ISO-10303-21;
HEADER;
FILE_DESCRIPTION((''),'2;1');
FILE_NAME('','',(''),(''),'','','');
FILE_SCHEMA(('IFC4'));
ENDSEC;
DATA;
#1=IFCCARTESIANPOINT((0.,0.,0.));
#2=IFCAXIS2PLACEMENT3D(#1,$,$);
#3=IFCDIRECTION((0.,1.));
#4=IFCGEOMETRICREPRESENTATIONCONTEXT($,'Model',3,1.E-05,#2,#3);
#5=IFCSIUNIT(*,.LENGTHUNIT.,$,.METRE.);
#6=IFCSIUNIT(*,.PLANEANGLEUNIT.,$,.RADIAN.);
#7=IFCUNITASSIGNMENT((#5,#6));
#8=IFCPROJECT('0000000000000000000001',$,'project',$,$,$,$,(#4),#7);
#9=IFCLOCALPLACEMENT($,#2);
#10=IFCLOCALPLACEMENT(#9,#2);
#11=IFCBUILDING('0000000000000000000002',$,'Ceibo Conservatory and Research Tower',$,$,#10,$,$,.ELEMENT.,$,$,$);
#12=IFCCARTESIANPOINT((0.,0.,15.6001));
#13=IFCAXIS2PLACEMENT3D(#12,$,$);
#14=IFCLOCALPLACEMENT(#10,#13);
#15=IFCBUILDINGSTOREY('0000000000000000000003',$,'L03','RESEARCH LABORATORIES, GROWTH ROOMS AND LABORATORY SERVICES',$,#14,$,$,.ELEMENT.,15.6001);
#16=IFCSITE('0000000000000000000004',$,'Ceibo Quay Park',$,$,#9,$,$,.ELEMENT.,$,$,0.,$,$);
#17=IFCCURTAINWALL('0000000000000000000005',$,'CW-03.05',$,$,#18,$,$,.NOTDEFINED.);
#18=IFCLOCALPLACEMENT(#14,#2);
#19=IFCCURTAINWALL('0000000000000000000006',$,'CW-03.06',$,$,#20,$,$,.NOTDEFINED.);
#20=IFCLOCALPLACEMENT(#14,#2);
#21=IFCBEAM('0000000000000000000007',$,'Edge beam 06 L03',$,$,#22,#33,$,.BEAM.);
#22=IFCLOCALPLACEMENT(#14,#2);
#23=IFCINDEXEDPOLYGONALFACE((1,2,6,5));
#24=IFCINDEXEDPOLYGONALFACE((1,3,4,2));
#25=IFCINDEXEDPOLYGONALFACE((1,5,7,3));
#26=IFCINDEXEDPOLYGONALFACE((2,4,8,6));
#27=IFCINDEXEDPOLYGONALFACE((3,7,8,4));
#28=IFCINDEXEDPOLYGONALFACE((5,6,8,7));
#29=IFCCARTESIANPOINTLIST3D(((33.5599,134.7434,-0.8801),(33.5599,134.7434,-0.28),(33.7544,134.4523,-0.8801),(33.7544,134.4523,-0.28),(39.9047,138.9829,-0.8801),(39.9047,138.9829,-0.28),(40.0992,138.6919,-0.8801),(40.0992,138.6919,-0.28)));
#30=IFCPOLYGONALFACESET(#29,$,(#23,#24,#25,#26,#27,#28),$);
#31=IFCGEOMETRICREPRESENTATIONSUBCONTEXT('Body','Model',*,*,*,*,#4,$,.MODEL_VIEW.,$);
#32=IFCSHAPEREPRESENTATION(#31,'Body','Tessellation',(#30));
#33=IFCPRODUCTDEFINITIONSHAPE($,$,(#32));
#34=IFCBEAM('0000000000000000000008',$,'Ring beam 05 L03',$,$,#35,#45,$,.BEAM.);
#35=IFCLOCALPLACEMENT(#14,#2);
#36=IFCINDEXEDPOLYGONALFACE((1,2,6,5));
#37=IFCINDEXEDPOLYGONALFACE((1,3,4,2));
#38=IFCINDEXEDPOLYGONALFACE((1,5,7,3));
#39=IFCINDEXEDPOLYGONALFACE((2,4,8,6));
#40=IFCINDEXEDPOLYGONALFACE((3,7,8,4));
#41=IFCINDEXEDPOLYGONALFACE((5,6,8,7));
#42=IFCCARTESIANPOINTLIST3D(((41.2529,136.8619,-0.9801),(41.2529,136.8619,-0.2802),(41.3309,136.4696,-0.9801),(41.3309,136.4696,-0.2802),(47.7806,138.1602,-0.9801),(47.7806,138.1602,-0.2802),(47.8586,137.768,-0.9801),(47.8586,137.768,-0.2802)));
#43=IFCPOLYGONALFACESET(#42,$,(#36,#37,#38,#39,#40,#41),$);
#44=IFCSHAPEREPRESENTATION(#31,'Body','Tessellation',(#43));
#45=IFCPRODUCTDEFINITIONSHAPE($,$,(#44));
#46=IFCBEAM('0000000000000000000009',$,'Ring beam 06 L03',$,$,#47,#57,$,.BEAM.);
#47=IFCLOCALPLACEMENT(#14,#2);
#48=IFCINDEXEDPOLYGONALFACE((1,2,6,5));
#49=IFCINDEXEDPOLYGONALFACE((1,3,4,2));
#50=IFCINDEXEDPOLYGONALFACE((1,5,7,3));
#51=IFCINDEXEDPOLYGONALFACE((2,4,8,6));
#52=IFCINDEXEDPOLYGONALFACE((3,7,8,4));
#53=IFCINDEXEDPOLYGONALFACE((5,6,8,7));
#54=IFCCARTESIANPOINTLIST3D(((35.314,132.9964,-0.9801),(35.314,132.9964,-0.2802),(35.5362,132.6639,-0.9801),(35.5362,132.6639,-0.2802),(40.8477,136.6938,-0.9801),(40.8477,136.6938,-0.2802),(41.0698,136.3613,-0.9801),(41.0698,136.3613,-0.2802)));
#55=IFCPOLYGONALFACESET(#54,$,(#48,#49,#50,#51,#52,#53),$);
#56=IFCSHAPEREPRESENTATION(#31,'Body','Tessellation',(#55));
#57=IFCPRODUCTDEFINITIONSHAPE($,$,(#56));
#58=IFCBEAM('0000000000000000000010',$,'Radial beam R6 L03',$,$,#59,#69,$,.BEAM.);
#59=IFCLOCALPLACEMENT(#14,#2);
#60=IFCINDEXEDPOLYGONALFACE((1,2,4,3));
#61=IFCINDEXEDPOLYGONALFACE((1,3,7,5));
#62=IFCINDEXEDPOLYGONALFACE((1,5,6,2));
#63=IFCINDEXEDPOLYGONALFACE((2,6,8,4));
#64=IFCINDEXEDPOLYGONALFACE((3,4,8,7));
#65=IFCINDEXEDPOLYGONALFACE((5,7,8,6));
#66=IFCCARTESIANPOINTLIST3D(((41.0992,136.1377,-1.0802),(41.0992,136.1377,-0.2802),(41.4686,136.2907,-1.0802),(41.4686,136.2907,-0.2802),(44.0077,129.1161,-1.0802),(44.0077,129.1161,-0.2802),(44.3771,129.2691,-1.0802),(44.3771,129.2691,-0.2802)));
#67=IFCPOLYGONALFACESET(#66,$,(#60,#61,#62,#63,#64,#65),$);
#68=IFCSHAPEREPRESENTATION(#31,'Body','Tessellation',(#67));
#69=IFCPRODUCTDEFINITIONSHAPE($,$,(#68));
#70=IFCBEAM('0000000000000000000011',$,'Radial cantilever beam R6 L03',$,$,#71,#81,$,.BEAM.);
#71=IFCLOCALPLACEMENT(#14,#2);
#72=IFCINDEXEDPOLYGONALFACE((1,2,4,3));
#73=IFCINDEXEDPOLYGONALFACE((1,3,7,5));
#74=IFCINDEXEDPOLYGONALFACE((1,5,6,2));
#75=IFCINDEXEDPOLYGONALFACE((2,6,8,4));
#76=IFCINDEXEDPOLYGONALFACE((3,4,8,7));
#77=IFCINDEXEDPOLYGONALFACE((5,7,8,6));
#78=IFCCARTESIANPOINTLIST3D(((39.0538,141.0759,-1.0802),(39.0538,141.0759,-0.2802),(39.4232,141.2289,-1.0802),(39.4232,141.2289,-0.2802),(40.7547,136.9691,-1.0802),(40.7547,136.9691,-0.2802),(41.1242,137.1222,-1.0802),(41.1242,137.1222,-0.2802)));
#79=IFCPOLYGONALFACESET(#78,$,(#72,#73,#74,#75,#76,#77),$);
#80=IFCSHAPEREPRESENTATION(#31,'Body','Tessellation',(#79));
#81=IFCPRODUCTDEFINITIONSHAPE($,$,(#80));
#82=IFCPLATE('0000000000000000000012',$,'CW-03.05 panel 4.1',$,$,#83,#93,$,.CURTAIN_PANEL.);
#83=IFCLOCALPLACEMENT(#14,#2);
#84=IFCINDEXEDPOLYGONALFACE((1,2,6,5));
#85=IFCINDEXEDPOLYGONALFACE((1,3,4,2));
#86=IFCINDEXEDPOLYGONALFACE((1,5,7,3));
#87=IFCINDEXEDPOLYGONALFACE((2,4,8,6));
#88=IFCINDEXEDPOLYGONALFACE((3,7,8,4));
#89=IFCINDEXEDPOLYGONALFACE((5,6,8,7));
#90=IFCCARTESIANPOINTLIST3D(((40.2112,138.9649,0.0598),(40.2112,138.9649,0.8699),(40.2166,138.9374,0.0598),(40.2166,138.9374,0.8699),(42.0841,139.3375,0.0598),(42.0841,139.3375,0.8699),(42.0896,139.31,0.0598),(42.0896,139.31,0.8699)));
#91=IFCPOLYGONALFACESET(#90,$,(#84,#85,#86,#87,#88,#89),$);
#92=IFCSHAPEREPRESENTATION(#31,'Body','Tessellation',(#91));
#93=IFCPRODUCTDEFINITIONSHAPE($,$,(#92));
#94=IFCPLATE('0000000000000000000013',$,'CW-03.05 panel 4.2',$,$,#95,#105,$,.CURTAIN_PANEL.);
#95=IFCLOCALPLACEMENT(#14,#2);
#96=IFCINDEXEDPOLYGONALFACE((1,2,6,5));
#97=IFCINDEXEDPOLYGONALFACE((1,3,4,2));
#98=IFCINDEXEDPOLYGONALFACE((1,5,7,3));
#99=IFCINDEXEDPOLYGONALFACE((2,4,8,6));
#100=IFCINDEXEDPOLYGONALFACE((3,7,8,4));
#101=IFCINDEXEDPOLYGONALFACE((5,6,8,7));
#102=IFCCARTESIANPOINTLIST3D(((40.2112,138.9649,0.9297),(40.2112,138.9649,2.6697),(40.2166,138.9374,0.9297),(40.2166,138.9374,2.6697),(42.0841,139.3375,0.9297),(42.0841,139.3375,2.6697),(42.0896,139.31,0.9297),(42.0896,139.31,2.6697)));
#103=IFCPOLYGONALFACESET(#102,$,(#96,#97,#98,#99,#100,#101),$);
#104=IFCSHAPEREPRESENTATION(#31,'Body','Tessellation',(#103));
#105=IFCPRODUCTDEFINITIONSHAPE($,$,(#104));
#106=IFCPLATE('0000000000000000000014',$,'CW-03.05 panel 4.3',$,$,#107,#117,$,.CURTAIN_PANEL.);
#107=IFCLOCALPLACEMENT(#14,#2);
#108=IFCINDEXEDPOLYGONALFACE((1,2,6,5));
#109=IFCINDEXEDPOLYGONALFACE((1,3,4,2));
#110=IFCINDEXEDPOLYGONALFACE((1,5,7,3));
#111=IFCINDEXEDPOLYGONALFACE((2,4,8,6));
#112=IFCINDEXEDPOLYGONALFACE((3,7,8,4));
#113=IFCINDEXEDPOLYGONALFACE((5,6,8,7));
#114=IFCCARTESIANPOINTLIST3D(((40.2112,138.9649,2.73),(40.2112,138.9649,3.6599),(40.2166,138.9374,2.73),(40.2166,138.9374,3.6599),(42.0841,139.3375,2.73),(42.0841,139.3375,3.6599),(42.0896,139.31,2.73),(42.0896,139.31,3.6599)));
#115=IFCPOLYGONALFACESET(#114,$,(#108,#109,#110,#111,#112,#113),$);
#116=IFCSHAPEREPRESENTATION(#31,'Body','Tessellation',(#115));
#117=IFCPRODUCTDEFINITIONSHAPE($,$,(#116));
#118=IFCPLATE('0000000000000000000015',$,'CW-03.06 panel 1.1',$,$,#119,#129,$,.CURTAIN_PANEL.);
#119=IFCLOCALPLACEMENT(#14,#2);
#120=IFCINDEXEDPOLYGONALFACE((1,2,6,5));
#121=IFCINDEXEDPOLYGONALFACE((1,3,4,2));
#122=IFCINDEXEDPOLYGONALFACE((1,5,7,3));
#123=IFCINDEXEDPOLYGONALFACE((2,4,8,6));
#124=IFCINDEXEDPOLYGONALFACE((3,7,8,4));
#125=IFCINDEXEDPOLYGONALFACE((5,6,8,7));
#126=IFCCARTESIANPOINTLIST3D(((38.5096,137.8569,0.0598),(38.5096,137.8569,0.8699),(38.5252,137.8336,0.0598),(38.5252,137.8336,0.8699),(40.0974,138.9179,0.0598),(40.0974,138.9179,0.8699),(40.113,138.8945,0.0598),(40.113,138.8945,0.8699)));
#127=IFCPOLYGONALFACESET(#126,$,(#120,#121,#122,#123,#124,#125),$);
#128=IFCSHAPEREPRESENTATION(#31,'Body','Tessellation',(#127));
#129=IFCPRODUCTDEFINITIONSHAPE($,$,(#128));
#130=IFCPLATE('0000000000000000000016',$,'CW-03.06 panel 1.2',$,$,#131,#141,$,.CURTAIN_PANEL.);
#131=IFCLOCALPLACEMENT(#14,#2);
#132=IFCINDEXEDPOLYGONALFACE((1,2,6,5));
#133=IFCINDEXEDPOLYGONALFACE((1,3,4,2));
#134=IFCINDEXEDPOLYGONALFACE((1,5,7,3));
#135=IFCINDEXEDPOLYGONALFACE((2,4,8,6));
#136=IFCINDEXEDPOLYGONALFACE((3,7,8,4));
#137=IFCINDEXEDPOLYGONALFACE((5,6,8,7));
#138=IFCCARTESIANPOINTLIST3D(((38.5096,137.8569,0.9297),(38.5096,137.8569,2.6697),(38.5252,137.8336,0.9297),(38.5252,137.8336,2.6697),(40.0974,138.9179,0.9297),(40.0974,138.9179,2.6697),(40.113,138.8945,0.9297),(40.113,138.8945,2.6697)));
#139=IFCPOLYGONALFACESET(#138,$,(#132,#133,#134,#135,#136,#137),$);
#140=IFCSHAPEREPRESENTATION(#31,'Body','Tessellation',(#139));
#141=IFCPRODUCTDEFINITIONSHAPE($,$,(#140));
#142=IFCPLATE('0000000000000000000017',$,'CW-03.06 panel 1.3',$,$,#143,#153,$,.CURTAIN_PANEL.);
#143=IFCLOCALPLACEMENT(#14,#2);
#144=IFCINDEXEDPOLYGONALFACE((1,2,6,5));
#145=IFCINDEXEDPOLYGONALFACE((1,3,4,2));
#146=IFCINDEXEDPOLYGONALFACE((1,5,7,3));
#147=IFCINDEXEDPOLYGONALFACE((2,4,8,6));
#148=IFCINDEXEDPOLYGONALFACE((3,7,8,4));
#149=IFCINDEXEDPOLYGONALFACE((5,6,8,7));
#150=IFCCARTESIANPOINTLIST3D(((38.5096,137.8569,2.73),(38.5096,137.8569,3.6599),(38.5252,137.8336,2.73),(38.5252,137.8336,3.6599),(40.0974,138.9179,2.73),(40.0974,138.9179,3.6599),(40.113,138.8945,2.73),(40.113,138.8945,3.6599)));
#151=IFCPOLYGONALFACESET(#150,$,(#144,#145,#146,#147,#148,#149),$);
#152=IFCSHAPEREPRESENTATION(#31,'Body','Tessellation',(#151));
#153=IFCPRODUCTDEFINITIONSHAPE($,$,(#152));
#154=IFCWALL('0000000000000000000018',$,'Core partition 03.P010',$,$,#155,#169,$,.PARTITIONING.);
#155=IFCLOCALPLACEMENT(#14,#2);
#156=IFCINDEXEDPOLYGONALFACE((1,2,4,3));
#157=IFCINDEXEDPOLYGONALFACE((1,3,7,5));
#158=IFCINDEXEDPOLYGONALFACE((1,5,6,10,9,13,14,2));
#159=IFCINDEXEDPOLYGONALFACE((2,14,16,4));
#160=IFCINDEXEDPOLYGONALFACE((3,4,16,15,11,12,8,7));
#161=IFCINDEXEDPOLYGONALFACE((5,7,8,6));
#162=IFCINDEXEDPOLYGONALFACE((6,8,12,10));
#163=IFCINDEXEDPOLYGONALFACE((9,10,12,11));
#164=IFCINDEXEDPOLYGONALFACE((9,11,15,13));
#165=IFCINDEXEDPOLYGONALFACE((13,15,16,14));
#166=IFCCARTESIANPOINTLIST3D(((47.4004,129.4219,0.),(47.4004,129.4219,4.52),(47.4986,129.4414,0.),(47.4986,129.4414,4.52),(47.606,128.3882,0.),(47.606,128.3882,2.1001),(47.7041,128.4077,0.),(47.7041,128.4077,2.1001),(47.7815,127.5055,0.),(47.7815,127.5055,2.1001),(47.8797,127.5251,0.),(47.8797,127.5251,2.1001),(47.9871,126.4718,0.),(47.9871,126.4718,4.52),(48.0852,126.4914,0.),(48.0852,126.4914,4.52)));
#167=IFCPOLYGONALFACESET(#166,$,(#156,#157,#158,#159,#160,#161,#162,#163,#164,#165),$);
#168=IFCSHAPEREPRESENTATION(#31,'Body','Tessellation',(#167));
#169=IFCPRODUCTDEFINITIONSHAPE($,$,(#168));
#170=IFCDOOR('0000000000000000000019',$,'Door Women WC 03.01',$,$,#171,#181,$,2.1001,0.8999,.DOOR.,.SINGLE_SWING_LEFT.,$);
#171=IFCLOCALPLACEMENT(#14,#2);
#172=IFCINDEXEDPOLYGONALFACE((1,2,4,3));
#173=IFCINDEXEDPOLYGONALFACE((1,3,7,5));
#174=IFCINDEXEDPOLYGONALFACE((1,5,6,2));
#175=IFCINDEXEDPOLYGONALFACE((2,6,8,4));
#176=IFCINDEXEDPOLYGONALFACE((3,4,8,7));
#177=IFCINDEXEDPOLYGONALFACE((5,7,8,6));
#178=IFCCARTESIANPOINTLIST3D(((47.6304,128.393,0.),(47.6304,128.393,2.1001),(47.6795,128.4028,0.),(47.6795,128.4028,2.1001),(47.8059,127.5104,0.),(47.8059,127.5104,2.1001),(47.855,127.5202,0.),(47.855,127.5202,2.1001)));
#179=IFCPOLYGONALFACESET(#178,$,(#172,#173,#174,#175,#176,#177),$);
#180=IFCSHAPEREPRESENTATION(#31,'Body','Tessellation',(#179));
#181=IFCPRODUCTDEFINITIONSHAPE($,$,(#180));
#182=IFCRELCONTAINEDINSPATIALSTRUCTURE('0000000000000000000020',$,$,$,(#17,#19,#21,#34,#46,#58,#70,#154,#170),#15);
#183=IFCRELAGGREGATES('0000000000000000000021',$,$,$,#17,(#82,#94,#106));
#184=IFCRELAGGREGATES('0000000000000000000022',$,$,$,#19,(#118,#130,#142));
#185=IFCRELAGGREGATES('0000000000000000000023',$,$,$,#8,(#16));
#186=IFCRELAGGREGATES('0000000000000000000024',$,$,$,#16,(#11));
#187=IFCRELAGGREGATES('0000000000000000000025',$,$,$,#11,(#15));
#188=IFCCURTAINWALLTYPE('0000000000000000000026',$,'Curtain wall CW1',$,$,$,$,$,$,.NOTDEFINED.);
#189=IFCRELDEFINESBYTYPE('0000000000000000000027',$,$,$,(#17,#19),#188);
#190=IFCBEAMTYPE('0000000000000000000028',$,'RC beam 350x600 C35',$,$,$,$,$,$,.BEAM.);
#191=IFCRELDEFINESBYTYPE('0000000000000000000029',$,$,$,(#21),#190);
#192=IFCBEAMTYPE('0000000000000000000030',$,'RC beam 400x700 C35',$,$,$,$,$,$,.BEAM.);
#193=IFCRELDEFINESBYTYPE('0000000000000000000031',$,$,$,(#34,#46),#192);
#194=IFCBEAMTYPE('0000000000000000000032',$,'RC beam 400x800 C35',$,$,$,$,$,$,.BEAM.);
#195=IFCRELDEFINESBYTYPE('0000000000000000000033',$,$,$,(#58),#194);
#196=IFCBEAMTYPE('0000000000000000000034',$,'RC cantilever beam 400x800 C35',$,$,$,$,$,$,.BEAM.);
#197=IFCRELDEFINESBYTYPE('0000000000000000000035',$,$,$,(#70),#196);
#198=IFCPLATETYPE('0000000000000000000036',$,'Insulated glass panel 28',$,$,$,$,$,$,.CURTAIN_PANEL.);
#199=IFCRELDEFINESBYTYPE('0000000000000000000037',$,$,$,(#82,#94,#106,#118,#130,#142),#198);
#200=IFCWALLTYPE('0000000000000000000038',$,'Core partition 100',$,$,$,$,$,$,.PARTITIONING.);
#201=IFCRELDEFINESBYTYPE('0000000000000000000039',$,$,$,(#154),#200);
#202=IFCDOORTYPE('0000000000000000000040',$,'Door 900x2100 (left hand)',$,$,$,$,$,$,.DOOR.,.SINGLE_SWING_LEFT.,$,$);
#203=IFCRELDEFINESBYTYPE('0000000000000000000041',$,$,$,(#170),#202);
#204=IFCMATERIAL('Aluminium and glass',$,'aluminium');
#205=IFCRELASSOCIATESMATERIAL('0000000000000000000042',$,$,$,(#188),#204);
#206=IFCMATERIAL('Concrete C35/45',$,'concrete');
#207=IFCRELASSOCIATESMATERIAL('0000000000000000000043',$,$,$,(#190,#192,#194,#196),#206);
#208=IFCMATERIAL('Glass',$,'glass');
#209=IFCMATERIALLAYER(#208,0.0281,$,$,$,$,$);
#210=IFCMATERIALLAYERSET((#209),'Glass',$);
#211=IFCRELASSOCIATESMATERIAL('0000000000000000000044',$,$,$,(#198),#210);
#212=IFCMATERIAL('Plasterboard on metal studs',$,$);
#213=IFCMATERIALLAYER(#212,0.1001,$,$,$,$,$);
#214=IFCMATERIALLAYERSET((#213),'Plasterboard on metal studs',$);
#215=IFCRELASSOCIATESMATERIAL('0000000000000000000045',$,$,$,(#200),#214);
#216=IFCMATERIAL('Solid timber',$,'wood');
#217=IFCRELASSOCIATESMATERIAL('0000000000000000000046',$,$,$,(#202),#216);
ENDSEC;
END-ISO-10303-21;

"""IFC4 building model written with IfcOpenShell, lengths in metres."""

from ifc_helpers import new_model, si_unit, direction, frame, frame_2d, origin, origin_2d, place, context, subcontext, project, spatial, rectangle, extrude, material, layer, layer_set, material_profile, profile_set, type_object, element, fill, aggregate, save


model = new_model("IFC4")

# Units and contexts
model_context = context("Model", 3, precision=1e-05, world=origin(), true_north=direction((0.0, 1.0)))
body_context = subcontext(model_context, "Body", "Model", "MODEL_VIEW")
ifc_project = project(units=[si_unit("LENGTHUNIT", "METRE"), si_unit("PLANEANGLEUNIT", "RADIAN")], contexts=[model_context])

# Site, building, storey
site_placement = place(None, origin())
site = spatial("IfcSite", under=ifc_project, at=site_placement, Name="Ceibo Quay Park", CompositionType="ELEMENT", RefElevation=0.0)
building_placement = place(site_placement, origin())
building = spatial("IfcBuilding", under=site, at=building_placement, Name="Ceibo Conservatory and Research Tower", CompositionType="ELEMENT")
storey_placement = place(building_placement, frame((0.0, 0.0, 15.6001)))
storey = spatial("IfcBuildingStorey", under=building, at=storey_placement, Name="L03", Description="RESEARCH LABORATORIES, GROWTH ROOMS AND LABORATORY SERVICES", CompositionType="ELEMENT", Elevation=15.6001)

# Shared definitions
ifc_material_1 = material(Name="Concrete C35/45", Category="concrete")

# Curtain wall
ifc_material_2 = material(Name="Aluminium and glass", Category="aluminium")
curtain_wall_type = type_object("IfcCurtainWallType", Name="Curtain wall CW1", PredefinedType="NOTDEFINED", material=ifc_material_2)
curtain_wall_1_placement = place(storey_placement, origin())
curtain_wall_1 = element("IfcCurtainWall", 1, at=curtain_wall_1_placement, inside=storey, type_object=curtain_wall_type, Name="CW-03.05", PredefinedType="NOTDEFINED")

# Curtain wall
curtain_wall_2_placement = place(storey_placement, origin())
curtain_wall_2 = element("IfcCurtainWall", 2, at=curtain_wall_2_placement, inside=storey, type_object=curtain_wall_type, Name="CW-03.06", PredefinedType="NOTDEFINED")

# Beams
ifc_material_profile_1 = material_profile(ifc_material_1, rectangle(XDim=0.3501, YDim=0.6001, at=origin_2d()), Name="RC 350x600")
ifc_profile_set_1 = profile_set([ifc_material_profile_1], Name="Concrete C35/45")
beam_type_1 = type_object("IfcBeamType", Name="RC beam 350x600 C35", PredefinedType="BEAM", material=ifc_profile_set_1)
beam_1_placement = place(storey_placement, frame((40.002, 138.8374, -0.5801), z_axis=(-0.831464, -0.555578, 0.0), x_axis=(0.555578, -0.831464, 0.0)))
element("IfcBeam", 3, at=beam_1_placement, inside=storey, type_object=beam_type_1, Name="Edge beam 06 L03", PredefinedType="BEAM", context=body_context, shape_type="SweptSolid", body=[
    extrude(rectangle(XDim=0.3501, YDim=0.6001, at=origin_2d()), origin(), (0.0, 0.0, 1.0), 7.6309),
])
ifc_material_profile_2 = material_profile(ifc_material_1, rectangle(XDim=0.3999, YDim=0.7, at=origin_2d()), Name="RC 400x700")
ifc_profile_set_2 = profile_set([ifc_material_profile_2], Name="Concrete C35/45")
beam_type_2 = type_object("IfcBeamType", Name="RC beam 400x700 C35", PredefinedType="BEAM", material=ifc_profile_set_2)
beam_2_placement = place(storey_placement, frame((47.8196, 137.9641, -0.6301), z_axis=(-0.980788, -0.195079, 0.0), x_axis=(0.195079, -0.980788, 0.0)))
element("IfcBeam", 4, at=beam_2_placement, inside=storey, type_object=beam_type_2, Name="Ring beam 05 L03", PredefinedType="BEAM", context=body_context, shape_type="SweptSolid", body=[
    extrude(rectangle(XDim=0.3999, YDim=0.7, at=origin_2d()), origin(), (0.0, 0.0, 1.0), 6.6555),
])
beam_3_placement = place(storey_placement, frame((40.9587, 136.5276, -0.6301), z_axis=(-0.831469, -0.555572, 0.0), x_axis=(0.555572, -0.831469, 0.0)))
element("IfcBeam", 5, at=beam_3_placement, inside=storey, type_object=beam_type_2, Name="Ring beam 06 L03", PredefinedType="BEAM", context=body_context, shape_type="SweptSolid", body=[
    extrude(rectangle(XDim=0.3999, YDim=0.7, at=origin_2d()), origin(), (0.0, 0.0, 1.0), 6.6553),
])
ifc_material_profile_3 = material_profile(ifc_material_1, rectangle(XDim=0.3999, YDim=0.8, at=origin_2d()), Name="RC 400x800")
ifc_profile_set_3 = profile_set([ifc_material_profile_3], Name="Concrete C35/45")
beam_type_3 = type_object("IfcBeamType", Name="RC beam 400x800 C35", PredefinedType="BEAM", material=ifc_profile_set_3)
beam_4_placement = place(storey_placement, frame((44.1924, 129.1926, -0.6802), z_axis=(-0.382689, 0.923877, 0.0), x_axis=(-0.923877, -0.382689, 0.0)))
element("IfcBeam", 6, at=beam_4_placement, inside=storey, type_object=beam_type_3, Name="Radial beam R6 L03", PredefinedType="BEAM", context=body_context, shape_type="SweptSolid", body=[
    extrude(rectangle(XDim=0.3999, YDim=0.8, at=origin_2d()), origin(), (0.0, 0.0, 1.0), 7.6001),
])
ifc_material_profile_4 = material_profile(ifc_material_1, rectangle(XDim=0.3999, YDim=0.8, at=origin_2d()), Name="RC 400x800")
ifc_profile_set_4 = profile_set([ifc_material_profile_4], Name="Concrete C35/45")
beam_type_4 = type_object("IfcBeamType", Name="RC cantilever beam 400x800 C35", PredefinedType="BEAM", material=ifc_profile_set_4)
beam_5_placement = place(storey_placement, frame((40.9395, 137.0457, -0.6802), z_axis=(-0.382661, 0.923889, 0.0), x_axis=(-0.923889, -0.382661, 0.0)))
element("IfcBeam", 7, at=beam_5_placement, inside=storey, type_object=beam_type_4, Name="Radial cantilever beam R6 L03", PredefinedType="BEAM", context=body_context, shape_type="SweptSolid", body=[
    extrude(rectangle(XDim=0.3999, YDim=0.8, at=origin_2d()), origin(), (0.0, 0.0, 1.0), 4.4451),
])

# Plates
ifc_material_3 = material(Name="Glass", Category="glass")
ifc_layer_1 = layer(ifc_material_3, 0.0281)
ifc_layer_set_1 = layer_set([ifc_layer_1], Name="Glass")
plate_type = type_object("IfcPlateType", Name="Insulated glass panel 28", PredefinedType="CURTAIN_PANEL", material=ifc_layer_set_1)
plate_1_placement = place(storey_placement, frame((41.1504, 139.1375, 0.0598), z_axis=(0.0, 0.0, 1.0), x_axis=(-0.980785, -0.19509, 0.0)))
plate_1 = element("IfcPlate", 8, at=plate_1_placement, type_object=plate_type, Name="CW-03.05 panel 4.1", PredefinedType="CURTAIN_PANEL", context=body_context, shape_type="SweptSolid", body=[
    extrude(rectangle(XDim=1.9097, YDim=0.0281, at=origin_2d()), origin(), (0.0, 0.0, 1.0), 0.8101),
])
plate_2_placement = place(storey_placement, frame((41.1504, 139.1375, 0.9297), z_axis=(0.0, 0.0, 1.0), x_axis=(-0.980785, -0.19509, 0.0)))
plate_2 = element("IfcPlate", 9, at=plate_2_placement, type_object=plate_type, Name="CW-03.05 panel 4.2", PredefinedType="CURTAIN_PANEL", context=body_context, shape_type="SweptSolid", body=[
    extrude(rectangle(XDim=1.9097, YDim=0.0281, at=origin_2d()), origin(), (0.0, 0.0, 1.0), 1.74),
])
plate_3_placement = place(storey_placement, frame((41.1504, 139.1375, 2.73), z_axis=(0.0, 0.0, 1.0), x_axis=(-0.980785, -0.19509, 0.0)))
plate_3 = element("IfcPlate", 10, at=plate_3_placement, type_object=plate_type, Name="CW-03.05 panel 4.3", PredefinedType="CURTAIN_PANEL", context=body_context, shape_type="SweptSolid", body=[
    extrude(rectangle(XDim=1.9097, YDim=0.0281, at=origin_2d()), origin(), (0.0, 0.0, 1.0), 0.9299),
])
aggregate(curtain_wall_1, [plate_1, plate_2, plate_3])
plate_4_placement = place(storey_placement, frame((39.3113, 138.3757, 0.0598), z_axis=(0.0, 0.0, 1.0), x_axis=(-0.83147, -0.55557, 0.0)))
plate_4 = element("IfcPlate", 11, at=plate_4_placement, type_object=plate_type, Name="CW-03.06 panel 1.1", PredefinedType="CURTAIN_PANEL", context=body_context, shape_type="SweptSolid", body=[
    extrude(rectangle(XDim=1.9097, YDim=0.0281, at=origin_2d()), origin(), (0.0, 0.0, 1.0), 0.8101),
])
plate_5_placement = place(storey_placement, frame((39.3113, 138.3757, 0.9297), z_axis=(0.0, 0.0, 1.0), x_axis=(-0.83147, -0.55557, 0.0)))
plate_5 = element("IfcPlate", 12, at=plate_5_placement, type_object=plate_type, Name="CW-03.06 panel 1.2", PredefinedType="CURTAIN_PANEL", context=body_context, shape_type="SweptSolid", body=[
    extrude(rectangle(XDim=1.9097, YDim=0.0281, at=origin_2d()), origin(), (0.0, 0.0, 1.0), 1.74),
])
plate_6_placement = place(storey_placement, frame((39.3113, 138.3757, 2.73), z_axis=(0.0, 0.0, 1.0), x_axis=(-0.83147, -0.55557, 0.0)))
plate_6 = element("IfcPlate", 13, at=plate_6_placement, type_object=plate_type, Name="CW-03.06 panel 1.3", PredefinedType="CURTAIN_PANEL", context=body_context, shape_type="SweptSolid", body=[
    extrude(rectangle(XDim=1.9097, YDim=0.0281, at=origin_2d()), origin(), (0.0, 0.0, 1.0), 0.9299),
])
aggregate(curtain_wall_2, [plate_4, plate_5, plate_6])

# Wall, opening, door
ifc_material_4 = material(Name="Plasterboard on metal studs")
ifc_layer_2 = layer(ifc_material_4, 0.1001)
ifc_layer_set_2 = layer_set([ifc_layer_2], Name="Plasterboard on metal studs")
wall_type_1 = type_object("IfcWallType", Name="Core partition 100", PredefinedType="PARTITIONING", material=ifc_layer_set_2)
wall_1_placement = place(storey_placement, frame((47.4495, 129.4316, 0.0), z_axis=(0.0, 0.0, 1.0), x_axis=(0.195055, -0.980792, 0.0)))
wall_1 = element("IfcWall", 14, at=wall_1_placement, inside=storey, type_object=wall_type_1, Name="Core partition 03.P010", PredefinedType="PARTITIONING", context=body_context, shape_type="SweptSolid", body=[
    extrude(rectangle(XDim=3.0078, YDim=0.1001, at=frame_2d((1.5039, 0.0))), origin(), (0.0, 0.0, 1.0), 4.52),
])
opening_1_placement = place(wall_1_placement, frame((1.054, 0.0, 0.0)))
opening_1 = element("IfcOpeningElement", 15, at=opening_1_placement, cuts=wall_1, PredefinedType="OPENING", context=body_context, shape_type="SweptSolid", body=[
    extrude(rectangle(XDim=0.8999, YDim=2.1001, at=frame_2d((0.45, 1.05))), frame((0.0, 0.0601, 0.0), z_axis=(0.0, -1.0, 0.0), x_axis=(1.0, 0.0, 0.0)), (0.0, 0.0, 1.0), 0.1201),
])
ifc_material_5 = material(Name="Solid timber", Category="wood")
door_type_1 = type_object("IfcDoorType", Name="Door 900x2100 (left hand)", OperationType="SINGLE_SWING_LEFT", PredefinedType="DOOR", material=ifc_material_5)
door_1_placement = place(opening_1_placement, origin())
door_1 = element("IfcDoor", 16, at=door_1_placement, inside=storey, type_object=door_type_1, Name="Door Women WC 03.01", OperationType="SINGLE_SWING_LEFT", OverallHeight=2.1001, OverallWidth=0.8999, PredefinedType="DOOR", context=body_context, shape_type="SweptSolid", body=[
    extrude(rectangle(XDim=0.8999, YDim=2.1001, at=frame_2d((0.45, 1.05))), frame((0.0, 0.0249, 0.0), z_axis=(0.0, -1.0, 0.0), x_axis=(1.0, 0.0, 0.0)), (0.0, 0.0, 1.0), 0.05),
])
fill(opening_1, door_1)

save(model, "model.ifc")
